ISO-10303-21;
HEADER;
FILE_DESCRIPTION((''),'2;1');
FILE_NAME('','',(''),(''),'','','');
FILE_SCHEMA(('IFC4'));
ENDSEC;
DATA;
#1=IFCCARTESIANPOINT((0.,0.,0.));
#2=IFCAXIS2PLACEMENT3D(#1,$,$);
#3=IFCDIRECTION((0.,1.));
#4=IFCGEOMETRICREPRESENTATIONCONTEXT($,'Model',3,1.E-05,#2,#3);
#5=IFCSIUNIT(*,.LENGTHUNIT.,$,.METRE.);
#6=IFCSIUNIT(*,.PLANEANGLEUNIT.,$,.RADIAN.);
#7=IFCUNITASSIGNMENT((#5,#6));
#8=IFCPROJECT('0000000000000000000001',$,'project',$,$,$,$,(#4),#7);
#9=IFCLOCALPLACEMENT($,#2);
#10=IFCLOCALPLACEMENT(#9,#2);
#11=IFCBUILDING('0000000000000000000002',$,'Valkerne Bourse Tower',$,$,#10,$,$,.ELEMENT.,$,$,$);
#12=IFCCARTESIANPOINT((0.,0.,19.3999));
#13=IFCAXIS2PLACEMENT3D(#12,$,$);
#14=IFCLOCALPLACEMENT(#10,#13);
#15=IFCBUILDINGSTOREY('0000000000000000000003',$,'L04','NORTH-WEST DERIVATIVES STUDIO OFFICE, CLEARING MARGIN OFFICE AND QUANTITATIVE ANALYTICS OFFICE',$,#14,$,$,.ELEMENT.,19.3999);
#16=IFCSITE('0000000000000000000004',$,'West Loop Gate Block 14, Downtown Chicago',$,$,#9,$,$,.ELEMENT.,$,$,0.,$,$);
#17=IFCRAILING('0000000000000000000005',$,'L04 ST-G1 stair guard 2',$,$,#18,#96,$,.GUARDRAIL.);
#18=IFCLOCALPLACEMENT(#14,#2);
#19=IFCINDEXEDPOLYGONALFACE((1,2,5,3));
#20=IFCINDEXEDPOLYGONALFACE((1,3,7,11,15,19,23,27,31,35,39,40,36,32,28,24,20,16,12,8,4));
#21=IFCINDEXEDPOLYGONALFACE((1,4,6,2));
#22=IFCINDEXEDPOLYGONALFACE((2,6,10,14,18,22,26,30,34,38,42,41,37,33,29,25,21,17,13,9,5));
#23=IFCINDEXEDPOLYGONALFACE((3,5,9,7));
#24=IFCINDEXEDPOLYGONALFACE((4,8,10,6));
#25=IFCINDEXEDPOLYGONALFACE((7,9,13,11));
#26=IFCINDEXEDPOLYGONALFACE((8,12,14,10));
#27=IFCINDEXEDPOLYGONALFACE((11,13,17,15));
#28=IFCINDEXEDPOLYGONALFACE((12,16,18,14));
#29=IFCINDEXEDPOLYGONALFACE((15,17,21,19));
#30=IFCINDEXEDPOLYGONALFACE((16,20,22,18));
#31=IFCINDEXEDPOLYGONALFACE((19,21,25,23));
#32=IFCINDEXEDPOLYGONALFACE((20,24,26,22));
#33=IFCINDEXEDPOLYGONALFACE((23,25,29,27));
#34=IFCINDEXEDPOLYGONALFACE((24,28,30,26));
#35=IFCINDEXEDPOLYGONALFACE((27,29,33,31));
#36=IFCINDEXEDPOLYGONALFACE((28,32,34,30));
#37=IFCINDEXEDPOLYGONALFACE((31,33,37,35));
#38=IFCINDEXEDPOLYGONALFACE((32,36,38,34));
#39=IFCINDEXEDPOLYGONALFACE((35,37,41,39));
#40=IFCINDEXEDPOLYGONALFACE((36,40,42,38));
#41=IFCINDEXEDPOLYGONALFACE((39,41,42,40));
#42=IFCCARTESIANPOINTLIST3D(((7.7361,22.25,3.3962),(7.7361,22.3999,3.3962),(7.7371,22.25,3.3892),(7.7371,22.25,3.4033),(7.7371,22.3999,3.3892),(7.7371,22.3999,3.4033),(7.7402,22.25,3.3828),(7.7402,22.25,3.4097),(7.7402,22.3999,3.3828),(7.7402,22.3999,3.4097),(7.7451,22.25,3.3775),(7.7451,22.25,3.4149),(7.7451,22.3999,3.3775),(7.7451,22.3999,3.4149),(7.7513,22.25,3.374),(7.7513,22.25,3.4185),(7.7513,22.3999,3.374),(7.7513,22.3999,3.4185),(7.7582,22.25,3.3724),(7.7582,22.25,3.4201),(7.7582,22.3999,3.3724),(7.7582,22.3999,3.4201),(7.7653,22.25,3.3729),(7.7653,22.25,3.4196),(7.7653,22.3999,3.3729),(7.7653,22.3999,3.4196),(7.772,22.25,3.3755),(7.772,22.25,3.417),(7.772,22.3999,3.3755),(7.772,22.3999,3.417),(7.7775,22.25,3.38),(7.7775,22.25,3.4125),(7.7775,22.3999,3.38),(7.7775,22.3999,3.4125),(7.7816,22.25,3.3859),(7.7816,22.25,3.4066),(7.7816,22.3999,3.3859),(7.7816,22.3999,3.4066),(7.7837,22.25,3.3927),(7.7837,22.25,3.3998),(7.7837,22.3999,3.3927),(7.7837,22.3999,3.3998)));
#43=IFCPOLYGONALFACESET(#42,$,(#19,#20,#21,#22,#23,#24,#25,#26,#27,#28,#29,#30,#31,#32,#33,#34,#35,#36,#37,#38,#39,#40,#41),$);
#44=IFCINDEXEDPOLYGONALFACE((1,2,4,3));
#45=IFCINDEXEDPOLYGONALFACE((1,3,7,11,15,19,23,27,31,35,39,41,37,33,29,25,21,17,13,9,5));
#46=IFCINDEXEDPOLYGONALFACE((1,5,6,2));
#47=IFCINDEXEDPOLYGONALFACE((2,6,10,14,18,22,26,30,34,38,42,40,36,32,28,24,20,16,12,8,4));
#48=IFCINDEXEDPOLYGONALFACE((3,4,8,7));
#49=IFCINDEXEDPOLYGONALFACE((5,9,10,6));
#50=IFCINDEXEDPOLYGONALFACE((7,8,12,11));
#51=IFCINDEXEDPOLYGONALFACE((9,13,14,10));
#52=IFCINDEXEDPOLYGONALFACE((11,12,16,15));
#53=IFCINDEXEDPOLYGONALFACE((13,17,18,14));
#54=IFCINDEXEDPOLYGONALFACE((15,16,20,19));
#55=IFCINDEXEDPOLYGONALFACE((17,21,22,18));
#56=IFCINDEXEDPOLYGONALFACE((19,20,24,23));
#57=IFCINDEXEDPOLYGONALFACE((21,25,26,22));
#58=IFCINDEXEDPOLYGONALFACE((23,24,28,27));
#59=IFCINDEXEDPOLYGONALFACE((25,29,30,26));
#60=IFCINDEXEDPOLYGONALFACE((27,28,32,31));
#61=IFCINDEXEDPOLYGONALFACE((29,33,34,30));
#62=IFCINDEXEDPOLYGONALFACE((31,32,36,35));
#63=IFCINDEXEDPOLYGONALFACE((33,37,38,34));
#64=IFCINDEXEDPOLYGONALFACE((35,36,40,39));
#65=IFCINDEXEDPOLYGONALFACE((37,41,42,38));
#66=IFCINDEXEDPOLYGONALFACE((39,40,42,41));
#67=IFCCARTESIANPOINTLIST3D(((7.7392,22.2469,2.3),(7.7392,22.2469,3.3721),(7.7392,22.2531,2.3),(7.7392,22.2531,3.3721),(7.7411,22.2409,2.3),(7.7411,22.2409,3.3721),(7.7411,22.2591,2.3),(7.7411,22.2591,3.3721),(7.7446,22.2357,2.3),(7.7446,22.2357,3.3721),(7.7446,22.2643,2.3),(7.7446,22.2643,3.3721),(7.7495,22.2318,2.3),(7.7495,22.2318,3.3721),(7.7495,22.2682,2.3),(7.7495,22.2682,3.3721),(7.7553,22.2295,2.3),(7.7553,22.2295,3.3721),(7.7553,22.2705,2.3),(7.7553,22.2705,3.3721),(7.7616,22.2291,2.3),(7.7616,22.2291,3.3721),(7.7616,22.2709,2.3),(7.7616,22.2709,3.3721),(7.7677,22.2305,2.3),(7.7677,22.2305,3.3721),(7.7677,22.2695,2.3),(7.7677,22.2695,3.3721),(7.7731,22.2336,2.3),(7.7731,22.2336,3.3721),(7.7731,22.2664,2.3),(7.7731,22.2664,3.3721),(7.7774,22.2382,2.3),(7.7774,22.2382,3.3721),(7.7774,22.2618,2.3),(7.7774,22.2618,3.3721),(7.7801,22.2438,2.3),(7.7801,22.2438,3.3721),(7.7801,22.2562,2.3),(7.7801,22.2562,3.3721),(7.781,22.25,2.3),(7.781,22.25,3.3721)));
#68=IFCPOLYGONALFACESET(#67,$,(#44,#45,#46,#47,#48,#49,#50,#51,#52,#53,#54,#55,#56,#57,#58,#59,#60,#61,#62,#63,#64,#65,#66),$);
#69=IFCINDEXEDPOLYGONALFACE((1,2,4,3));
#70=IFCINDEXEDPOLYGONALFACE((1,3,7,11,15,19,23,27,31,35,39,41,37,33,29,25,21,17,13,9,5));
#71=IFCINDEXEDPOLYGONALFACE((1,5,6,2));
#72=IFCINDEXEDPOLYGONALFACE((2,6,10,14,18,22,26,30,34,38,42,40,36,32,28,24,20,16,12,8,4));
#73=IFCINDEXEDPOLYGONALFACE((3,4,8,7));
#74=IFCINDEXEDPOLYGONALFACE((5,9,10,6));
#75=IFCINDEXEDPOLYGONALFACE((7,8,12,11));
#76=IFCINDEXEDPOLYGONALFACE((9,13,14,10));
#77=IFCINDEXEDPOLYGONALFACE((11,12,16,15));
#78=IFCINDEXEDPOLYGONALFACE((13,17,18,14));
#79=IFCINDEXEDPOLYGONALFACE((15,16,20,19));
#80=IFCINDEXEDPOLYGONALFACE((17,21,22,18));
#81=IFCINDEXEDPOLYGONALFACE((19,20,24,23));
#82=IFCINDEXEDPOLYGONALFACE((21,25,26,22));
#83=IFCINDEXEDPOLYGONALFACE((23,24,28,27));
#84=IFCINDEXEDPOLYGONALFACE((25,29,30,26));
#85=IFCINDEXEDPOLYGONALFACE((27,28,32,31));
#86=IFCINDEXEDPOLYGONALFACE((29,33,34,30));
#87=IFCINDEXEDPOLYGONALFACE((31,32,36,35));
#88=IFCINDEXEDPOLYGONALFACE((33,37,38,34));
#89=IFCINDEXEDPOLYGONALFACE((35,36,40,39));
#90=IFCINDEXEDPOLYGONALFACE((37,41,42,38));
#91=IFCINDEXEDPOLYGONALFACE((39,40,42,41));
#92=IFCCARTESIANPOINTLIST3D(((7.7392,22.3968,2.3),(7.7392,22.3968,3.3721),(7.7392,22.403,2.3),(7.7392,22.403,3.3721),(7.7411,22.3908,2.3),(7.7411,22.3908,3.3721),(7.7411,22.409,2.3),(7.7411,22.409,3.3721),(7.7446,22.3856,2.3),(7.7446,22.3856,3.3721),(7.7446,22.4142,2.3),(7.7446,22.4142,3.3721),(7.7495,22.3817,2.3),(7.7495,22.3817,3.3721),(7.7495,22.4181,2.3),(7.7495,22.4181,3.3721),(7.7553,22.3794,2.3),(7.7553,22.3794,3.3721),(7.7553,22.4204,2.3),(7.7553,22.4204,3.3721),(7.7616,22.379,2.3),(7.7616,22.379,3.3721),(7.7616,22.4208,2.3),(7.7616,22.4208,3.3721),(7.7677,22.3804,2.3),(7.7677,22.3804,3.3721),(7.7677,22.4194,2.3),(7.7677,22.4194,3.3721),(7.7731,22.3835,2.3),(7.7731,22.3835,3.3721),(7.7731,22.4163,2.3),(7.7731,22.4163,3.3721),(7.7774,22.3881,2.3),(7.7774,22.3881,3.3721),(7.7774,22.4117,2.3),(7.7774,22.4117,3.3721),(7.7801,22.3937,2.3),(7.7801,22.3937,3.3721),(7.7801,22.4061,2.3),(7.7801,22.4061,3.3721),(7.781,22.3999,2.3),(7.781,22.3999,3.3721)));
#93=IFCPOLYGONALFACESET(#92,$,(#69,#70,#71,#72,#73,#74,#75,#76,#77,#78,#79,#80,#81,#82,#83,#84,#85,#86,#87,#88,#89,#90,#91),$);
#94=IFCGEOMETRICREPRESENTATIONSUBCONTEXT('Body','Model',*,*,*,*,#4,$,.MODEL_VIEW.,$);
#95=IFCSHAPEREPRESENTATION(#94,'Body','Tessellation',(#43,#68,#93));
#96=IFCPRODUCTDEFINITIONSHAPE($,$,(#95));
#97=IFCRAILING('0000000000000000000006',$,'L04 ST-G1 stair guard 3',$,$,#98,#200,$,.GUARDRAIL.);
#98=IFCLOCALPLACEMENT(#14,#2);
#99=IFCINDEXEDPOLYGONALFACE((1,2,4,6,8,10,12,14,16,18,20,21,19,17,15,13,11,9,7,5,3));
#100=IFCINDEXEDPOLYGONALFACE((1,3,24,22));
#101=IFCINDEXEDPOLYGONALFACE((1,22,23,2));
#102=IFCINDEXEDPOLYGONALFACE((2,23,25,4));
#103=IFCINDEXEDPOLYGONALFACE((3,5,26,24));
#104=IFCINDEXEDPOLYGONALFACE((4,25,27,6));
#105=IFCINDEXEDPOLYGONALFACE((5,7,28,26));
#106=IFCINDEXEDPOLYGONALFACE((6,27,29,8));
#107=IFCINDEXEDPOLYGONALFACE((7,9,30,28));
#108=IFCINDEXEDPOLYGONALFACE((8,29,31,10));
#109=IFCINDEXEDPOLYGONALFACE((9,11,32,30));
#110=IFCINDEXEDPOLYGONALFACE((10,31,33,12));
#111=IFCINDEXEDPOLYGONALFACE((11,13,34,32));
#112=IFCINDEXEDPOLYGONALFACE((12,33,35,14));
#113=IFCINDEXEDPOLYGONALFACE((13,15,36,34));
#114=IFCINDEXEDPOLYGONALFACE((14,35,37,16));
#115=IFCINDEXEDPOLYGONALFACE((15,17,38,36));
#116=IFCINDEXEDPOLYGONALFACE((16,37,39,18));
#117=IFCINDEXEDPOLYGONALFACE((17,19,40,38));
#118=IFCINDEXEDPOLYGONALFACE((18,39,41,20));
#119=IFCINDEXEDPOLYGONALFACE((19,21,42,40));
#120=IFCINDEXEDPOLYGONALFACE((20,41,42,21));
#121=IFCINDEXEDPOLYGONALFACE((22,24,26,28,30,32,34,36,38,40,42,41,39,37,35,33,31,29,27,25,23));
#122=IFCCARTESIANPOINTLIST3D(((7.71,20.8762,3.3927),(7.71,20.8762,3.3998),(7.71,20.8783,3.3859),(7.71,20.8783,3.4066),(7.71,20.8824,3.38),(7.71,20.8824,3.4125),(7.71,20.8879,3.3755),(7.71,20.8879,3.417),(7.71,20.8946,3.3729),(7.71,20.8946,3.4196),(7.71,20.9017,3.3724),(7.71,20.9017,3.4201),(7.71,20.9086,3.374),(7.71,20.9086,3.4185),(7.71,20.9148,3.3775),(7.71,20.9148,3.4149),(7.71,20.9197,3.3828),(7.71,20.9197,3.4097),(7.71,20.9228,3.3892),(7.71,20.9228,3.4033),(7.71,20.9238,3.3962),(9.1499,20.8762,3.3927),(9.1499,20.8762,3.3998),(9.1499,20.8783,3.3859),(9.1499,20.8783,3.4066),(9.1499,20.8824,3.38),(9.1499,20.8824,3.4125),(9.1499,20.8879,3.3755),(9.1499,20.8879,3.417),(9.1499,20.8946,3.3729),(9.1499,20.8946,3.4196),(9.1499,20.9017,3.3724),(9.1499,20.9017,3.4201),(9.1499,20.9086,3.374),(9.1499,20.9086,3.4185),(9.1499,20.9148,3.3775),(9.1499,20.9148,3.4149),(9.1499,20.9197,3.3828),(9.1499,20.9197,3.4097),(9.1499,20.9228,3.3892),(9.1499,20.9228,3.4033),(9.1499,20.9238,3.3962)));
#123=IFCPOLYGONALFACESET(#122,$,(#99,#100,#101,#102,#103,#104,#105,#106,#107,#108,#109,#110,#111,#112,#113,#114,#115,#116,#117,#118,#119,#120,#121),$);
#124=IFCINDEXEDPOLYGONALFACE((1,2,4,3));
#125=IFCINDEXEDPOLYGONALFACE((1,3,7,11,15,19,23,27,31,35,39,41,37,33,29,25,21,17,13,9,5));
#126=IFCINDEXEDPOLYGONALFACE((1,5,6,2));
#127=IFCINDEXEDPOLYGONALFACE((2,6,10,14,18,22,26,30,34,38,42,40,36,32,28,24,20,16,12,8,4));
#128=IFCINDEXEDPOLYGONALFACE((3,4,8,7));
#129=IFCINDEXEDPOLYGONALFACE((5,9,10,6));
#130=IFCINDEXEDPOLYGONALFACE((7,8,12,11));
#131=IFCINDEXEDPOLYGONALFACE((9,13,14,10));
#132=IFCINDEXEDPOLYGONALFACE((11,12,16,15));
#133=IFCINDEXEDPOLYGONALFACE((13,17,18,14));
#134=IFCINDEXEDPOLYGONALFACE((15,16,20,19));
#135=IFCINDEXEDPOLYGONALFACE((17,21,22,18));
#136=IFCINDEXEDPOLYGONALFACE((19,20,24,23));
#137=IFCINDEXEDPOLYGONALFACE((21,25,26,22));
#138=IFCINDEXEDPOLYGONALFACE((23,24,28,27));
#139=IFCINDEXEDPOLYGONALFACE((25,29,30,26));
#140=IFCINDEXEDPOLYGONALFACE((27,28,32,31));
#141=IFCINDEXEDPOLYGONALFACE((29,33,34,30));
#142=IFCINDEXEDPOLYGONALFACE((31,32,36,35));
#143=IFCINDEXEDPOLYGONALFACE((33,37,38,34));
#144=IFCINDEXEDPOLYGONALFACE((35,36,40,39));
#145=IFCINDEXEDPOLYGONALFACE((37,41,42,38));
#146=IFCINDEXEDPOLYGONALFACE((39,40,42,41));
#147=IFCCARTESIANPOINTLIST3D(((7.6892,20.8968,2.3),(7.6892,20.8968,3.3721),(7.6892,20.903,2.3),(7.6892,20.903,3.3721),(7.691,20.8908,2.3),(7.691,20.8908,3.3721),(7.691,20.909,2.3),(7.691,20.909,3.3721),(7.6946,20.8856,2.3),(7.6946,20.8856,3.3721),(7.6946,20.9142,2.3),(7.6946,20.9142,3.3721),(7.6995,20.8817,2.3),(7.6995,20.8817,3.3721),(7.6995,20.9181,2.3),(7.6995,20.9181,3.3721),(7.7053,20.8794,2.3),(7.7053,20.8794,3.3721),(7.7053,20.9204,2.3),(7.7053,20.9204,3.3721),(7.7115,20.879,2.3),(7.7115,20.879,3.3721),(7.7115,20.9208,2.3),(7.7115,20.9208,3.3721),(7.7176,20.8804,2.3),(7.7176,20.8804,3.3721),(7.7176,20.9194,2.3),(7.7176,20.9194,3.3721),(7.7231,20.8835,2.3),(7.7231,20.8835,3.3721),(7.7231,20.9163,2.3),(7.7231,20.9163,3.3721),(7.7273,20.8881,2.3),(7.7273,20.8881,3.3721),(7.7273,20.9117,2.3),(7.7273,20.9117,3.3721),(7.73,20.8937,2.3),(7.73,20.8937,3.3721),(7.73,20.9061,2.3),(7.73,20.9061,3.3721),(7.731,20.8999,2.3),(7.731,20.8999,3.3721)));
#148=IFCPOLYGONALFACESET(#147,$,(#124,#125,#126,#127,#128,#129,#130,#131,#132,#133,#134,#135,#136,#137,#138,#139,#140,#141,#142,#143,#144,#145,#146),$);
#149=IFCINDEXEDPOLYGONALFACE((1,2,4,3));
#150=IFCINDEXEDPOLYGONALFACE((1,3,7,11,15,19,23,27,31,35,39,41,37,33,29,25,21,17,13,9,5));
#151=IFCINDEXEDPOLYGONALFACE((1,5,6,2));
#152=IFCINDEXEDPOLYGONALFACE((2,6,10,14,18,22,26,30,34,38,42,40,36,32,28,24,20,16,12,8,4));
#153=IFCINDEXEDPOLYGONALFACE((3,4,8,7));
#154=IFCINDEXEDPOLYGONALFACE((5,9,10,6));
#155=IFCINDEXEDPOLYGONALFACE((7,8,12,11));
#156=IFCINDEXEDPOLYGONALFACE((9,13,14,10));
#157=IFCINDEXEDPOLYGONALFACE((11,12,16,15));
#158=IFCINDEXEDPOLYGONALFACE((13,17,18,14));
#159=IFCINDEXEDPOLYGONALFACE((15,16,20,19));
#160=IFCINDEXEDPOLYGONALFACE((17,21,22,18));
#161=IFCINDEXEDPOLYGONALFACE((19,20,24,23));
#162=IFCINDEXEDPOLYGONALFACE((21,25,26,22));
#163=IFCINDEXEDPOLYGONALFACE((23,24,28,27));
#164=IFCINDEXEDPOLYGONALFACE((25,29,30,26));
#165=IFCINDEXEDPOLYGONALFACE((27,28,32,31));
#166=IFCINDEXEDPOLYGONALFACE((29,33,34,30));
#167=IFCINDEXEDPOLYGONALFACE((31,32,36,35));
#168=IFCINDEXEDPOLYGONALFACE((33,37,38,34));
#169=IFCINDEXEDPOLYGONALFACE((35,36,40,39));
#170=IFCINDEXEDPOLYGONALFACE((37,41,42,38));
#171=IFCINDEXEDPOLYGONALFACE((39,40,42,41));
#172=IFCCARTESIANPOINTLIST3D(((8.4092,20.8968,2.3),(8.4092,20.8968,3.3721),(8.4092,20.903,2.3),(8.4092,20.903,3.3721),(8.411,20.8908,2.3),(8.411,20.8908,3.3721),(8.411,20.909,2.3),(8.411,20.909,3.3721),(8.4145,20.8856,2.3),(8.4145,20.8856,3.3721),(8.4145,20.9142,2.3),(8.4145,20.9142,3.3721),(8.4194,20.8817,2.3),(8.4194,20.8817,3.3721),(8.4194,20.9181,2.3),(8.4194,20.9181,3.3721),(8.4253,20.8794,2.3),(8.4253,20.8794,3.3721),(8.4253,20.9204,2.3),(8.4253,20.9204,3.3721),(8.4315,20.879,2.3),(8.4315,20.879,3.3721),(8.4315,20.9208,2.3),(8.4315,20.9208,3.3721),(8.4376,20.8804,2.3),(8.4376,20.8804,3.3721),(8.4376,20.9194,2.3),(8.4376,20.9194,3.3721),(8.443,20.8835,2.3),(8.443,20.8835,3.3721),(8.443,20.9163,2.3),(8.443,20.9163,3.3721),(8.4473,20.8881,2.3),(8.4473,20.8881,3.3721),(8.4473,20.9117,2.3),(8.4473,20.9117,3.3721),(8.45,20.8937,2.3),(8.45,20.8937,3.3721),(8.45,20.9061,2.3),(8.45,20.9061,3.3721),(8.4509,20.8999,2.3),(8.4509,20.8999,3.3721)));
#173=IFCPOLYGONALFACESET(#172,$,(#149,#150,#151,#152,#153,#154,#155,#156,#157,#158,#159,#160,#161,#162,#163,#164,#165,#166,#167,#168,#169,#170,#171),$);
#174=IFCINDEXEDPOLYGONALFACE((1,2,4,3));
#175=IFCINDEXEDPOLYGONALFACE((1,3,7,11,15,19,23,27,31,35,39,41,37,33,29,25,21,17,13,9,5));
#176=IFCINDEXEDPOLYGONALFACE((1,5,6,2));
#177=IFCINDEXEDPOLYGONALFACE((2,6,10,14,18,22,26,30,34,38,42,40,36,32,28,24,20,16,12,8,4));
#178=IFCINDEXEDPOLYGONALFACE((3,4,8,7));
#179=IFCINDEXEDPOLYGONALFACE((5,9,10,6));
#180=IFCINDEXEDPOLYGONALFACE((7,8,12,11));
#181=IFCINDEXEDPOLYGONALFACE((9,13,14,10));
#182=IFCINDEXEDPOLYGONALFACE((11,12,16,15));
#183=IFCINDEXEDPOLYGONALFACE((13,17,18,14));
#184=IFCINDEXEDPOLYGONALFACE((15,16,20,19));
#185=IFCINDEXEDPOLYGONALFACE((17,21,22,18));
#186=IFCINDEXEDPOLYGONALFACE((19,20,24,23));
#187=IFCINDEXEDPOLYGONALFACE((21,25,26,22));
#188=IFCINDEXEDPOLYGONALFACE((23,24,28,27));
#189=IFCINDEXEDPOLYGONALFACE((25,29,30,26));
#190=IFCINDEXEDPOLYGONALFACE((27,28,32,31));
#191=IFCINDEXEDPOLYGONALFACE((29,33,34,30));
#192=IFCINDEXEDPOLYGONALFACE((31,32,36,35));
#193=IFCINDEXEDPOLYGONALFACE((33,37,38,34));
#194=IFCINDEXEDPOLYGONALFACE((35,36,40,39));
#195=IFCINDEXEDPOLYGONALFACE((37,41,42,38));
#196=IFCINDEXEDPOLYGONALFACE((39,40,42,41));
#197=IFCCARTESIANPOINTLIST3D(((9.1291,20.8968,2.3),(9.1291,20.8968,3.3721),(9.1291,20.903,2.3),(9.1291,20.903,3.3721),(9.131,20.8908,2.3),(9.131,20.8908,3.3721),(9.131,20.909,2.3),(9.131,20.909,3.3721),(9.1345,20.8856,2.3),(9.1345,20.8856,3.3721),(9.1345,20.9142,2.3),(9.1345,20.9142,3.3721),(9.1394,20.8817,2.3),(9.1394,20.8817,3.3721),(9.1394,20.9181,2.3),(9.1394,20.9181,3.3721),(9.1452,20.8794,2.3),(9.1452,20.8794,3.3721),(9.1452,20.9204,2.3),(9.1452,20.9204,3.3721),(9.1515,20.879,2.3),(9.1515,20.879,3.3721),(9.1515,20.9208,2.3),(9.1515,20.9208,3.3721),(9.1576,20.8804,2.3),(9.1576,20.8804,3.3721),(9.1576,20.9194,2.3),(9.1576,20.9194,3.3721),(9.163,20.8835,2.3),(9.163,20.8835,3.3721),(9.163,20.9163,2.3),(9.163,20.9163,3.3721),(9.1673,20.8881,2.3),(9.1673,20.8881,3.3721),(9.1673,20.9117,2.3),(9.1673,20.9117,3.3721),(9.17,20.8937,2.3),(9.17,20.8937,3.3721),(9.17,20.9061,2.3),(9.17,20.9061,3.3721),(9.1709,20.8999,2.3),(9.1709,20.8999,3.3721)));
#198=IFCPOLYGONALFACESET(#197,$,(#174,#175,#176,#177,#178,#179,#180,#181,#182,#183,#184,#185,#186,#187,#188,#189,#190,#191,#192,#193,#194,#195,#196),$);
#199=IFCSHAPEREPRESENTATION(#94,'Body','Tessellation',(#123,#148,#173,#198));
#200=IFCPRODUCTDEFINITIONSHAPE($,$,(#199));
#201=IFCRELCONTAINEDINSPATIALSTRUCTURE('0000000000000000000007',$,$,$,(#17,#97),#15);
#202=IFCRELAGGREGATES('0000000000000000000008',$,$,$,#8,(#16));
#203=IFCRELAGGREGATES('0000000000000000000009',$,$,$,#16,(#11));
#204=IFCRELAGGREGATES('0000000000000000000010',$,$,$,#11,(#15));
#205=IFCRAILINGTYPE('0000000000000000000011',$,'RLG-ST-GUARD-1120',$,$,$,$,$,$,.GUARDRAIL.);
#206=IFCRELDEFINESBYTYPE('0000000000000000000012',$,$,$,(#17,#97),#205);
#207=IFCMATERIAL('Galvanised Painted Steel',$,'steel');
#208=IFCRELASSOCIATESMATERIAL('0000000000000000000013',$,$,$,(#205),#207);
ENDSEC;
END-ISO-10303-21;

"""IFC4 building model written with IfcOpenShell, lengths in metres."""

from ifc_helpers import new_model, si_unit, direction, frame, origin, origin_2d, place, context, subcontext, project, spatial, circle, extrude, material, type_object, element, save


model = new_model("IFC4")

# Units and contexts
model_context = context("Model", 3, precision=1e-05, world=origin(), true_north=direction((0.0, 1.0)))
body_context = subcontext(model_context, "Body", "Model", "MODEL_VIEW")
ifc_project = project(units=[si_unit("LENGTHUNIT", "METRE"), si_unit("PLANEANGLEUNIT", "RADIAN")], contexts=[model_context])

# Site, building, storey
site_placement = place(None, origin())
site = spatial("IfcSite", under=ifc_project, at=site_placement, Name="West Loop Gate Block 14, Downtown Chicago", CompositionType="ELEMENT", RefElevation=0.0)
building_placement = place(site_placement, origin())
building = spatial("IfcBuilding", under=site, at=building_placement, Name="Valkerne Bourse Tower", CompositionType="ELEMENT")
storey_placement = place(building_placement, frame((0.0, 0.0, 19.3999)))
storey = spatial("IfcBuildingStorey", under=building, at=storey_placement, Name="L04", Description="NORTH-WEST DERIVATIVES STUDIO OFFICE, CLEARING MARGIN OFFICE AND QUANTITATIVE ANALYTICS OFFICE", CompositionType="ELEMENT", Elevation=19.3999)

# Shared definitions
ifc_material_1 = material(Name="Galvanised Painted Steel", Category="steel")

# Railings
railing_type_1 = type_object("IfcRailingType", Name="RLG-ST-GUARD-1120", PredefinedType="GUARDRAIL", material=ifc_material_1)
railing_1_placement = place(storey_placement, frame((7.76, 22.25, 2.3)))
element("IfcRailing", 1, at=railing_1_placement, inside=storey, type_object=railing_type_1, Name="L04 ST-G1 stair guard 2", PredefinedType="GUARDRAIL", context=body_context, shape_type="SweptSolid", body=[
    extrude(circle(Radius=0.0239, at=origin_2d()), frame((0.0, 0.0, 1.0962), z_axis=(0.0, 1.0, 0.0), x_axis=(-1.0, 0.0, 0.0)), (0.0, 0.0, 1.0), 0.1499),
    extrude(circle(Radius=0.021, at=origin_2d()), origin(), (0.0, 0.0, 1.0), 1.072),
    extrude(circle(Radius=0.021, at=origin_2d()), frame((0.0, 0.1499, 0.0)), (0.0, 0.0, 1.0), 1.072),
])
for number, where, name in (
    (2, (7.71, 20.8999, 2.3), "L04 ST-G1 stair guard 3"),
):
    element("IfcRailing", number, at=place(storey_placement, frame(where)), inside=storey, type_object=railing_type_1, Name=name, PredefinedType="GUARDRAIL", context=body_context, shape_type="SweptSolid", body=[
        extrude(circle(Radius=0.0239, at=origin_2d()), frame((0.0, 0.0, 1.0962), z_axis=(1.0, 0.0, 0.0), x_axis=(0.0, 1.0, 0.0)), (0.0, 0.0, 1.0), 1.4399),
        extrude(circle(Radius=0.021, at=origin_2d()), origin(), (0.0, 0.0, 1.0), 1.072),
        extrude(circle(Radius=0.021, at=origin_2d()), frame((0.72, 0.0, 0.0)), (0.0, 0.0, 1.0), 1.072),
        extrude(circle(Radius=0.021, at=origin_2d()), frame((1.4399, 0.0, 0.0)), (0.0, 0.0, 1.0), 1.072),
    ])

save(model, "model.ifc")
